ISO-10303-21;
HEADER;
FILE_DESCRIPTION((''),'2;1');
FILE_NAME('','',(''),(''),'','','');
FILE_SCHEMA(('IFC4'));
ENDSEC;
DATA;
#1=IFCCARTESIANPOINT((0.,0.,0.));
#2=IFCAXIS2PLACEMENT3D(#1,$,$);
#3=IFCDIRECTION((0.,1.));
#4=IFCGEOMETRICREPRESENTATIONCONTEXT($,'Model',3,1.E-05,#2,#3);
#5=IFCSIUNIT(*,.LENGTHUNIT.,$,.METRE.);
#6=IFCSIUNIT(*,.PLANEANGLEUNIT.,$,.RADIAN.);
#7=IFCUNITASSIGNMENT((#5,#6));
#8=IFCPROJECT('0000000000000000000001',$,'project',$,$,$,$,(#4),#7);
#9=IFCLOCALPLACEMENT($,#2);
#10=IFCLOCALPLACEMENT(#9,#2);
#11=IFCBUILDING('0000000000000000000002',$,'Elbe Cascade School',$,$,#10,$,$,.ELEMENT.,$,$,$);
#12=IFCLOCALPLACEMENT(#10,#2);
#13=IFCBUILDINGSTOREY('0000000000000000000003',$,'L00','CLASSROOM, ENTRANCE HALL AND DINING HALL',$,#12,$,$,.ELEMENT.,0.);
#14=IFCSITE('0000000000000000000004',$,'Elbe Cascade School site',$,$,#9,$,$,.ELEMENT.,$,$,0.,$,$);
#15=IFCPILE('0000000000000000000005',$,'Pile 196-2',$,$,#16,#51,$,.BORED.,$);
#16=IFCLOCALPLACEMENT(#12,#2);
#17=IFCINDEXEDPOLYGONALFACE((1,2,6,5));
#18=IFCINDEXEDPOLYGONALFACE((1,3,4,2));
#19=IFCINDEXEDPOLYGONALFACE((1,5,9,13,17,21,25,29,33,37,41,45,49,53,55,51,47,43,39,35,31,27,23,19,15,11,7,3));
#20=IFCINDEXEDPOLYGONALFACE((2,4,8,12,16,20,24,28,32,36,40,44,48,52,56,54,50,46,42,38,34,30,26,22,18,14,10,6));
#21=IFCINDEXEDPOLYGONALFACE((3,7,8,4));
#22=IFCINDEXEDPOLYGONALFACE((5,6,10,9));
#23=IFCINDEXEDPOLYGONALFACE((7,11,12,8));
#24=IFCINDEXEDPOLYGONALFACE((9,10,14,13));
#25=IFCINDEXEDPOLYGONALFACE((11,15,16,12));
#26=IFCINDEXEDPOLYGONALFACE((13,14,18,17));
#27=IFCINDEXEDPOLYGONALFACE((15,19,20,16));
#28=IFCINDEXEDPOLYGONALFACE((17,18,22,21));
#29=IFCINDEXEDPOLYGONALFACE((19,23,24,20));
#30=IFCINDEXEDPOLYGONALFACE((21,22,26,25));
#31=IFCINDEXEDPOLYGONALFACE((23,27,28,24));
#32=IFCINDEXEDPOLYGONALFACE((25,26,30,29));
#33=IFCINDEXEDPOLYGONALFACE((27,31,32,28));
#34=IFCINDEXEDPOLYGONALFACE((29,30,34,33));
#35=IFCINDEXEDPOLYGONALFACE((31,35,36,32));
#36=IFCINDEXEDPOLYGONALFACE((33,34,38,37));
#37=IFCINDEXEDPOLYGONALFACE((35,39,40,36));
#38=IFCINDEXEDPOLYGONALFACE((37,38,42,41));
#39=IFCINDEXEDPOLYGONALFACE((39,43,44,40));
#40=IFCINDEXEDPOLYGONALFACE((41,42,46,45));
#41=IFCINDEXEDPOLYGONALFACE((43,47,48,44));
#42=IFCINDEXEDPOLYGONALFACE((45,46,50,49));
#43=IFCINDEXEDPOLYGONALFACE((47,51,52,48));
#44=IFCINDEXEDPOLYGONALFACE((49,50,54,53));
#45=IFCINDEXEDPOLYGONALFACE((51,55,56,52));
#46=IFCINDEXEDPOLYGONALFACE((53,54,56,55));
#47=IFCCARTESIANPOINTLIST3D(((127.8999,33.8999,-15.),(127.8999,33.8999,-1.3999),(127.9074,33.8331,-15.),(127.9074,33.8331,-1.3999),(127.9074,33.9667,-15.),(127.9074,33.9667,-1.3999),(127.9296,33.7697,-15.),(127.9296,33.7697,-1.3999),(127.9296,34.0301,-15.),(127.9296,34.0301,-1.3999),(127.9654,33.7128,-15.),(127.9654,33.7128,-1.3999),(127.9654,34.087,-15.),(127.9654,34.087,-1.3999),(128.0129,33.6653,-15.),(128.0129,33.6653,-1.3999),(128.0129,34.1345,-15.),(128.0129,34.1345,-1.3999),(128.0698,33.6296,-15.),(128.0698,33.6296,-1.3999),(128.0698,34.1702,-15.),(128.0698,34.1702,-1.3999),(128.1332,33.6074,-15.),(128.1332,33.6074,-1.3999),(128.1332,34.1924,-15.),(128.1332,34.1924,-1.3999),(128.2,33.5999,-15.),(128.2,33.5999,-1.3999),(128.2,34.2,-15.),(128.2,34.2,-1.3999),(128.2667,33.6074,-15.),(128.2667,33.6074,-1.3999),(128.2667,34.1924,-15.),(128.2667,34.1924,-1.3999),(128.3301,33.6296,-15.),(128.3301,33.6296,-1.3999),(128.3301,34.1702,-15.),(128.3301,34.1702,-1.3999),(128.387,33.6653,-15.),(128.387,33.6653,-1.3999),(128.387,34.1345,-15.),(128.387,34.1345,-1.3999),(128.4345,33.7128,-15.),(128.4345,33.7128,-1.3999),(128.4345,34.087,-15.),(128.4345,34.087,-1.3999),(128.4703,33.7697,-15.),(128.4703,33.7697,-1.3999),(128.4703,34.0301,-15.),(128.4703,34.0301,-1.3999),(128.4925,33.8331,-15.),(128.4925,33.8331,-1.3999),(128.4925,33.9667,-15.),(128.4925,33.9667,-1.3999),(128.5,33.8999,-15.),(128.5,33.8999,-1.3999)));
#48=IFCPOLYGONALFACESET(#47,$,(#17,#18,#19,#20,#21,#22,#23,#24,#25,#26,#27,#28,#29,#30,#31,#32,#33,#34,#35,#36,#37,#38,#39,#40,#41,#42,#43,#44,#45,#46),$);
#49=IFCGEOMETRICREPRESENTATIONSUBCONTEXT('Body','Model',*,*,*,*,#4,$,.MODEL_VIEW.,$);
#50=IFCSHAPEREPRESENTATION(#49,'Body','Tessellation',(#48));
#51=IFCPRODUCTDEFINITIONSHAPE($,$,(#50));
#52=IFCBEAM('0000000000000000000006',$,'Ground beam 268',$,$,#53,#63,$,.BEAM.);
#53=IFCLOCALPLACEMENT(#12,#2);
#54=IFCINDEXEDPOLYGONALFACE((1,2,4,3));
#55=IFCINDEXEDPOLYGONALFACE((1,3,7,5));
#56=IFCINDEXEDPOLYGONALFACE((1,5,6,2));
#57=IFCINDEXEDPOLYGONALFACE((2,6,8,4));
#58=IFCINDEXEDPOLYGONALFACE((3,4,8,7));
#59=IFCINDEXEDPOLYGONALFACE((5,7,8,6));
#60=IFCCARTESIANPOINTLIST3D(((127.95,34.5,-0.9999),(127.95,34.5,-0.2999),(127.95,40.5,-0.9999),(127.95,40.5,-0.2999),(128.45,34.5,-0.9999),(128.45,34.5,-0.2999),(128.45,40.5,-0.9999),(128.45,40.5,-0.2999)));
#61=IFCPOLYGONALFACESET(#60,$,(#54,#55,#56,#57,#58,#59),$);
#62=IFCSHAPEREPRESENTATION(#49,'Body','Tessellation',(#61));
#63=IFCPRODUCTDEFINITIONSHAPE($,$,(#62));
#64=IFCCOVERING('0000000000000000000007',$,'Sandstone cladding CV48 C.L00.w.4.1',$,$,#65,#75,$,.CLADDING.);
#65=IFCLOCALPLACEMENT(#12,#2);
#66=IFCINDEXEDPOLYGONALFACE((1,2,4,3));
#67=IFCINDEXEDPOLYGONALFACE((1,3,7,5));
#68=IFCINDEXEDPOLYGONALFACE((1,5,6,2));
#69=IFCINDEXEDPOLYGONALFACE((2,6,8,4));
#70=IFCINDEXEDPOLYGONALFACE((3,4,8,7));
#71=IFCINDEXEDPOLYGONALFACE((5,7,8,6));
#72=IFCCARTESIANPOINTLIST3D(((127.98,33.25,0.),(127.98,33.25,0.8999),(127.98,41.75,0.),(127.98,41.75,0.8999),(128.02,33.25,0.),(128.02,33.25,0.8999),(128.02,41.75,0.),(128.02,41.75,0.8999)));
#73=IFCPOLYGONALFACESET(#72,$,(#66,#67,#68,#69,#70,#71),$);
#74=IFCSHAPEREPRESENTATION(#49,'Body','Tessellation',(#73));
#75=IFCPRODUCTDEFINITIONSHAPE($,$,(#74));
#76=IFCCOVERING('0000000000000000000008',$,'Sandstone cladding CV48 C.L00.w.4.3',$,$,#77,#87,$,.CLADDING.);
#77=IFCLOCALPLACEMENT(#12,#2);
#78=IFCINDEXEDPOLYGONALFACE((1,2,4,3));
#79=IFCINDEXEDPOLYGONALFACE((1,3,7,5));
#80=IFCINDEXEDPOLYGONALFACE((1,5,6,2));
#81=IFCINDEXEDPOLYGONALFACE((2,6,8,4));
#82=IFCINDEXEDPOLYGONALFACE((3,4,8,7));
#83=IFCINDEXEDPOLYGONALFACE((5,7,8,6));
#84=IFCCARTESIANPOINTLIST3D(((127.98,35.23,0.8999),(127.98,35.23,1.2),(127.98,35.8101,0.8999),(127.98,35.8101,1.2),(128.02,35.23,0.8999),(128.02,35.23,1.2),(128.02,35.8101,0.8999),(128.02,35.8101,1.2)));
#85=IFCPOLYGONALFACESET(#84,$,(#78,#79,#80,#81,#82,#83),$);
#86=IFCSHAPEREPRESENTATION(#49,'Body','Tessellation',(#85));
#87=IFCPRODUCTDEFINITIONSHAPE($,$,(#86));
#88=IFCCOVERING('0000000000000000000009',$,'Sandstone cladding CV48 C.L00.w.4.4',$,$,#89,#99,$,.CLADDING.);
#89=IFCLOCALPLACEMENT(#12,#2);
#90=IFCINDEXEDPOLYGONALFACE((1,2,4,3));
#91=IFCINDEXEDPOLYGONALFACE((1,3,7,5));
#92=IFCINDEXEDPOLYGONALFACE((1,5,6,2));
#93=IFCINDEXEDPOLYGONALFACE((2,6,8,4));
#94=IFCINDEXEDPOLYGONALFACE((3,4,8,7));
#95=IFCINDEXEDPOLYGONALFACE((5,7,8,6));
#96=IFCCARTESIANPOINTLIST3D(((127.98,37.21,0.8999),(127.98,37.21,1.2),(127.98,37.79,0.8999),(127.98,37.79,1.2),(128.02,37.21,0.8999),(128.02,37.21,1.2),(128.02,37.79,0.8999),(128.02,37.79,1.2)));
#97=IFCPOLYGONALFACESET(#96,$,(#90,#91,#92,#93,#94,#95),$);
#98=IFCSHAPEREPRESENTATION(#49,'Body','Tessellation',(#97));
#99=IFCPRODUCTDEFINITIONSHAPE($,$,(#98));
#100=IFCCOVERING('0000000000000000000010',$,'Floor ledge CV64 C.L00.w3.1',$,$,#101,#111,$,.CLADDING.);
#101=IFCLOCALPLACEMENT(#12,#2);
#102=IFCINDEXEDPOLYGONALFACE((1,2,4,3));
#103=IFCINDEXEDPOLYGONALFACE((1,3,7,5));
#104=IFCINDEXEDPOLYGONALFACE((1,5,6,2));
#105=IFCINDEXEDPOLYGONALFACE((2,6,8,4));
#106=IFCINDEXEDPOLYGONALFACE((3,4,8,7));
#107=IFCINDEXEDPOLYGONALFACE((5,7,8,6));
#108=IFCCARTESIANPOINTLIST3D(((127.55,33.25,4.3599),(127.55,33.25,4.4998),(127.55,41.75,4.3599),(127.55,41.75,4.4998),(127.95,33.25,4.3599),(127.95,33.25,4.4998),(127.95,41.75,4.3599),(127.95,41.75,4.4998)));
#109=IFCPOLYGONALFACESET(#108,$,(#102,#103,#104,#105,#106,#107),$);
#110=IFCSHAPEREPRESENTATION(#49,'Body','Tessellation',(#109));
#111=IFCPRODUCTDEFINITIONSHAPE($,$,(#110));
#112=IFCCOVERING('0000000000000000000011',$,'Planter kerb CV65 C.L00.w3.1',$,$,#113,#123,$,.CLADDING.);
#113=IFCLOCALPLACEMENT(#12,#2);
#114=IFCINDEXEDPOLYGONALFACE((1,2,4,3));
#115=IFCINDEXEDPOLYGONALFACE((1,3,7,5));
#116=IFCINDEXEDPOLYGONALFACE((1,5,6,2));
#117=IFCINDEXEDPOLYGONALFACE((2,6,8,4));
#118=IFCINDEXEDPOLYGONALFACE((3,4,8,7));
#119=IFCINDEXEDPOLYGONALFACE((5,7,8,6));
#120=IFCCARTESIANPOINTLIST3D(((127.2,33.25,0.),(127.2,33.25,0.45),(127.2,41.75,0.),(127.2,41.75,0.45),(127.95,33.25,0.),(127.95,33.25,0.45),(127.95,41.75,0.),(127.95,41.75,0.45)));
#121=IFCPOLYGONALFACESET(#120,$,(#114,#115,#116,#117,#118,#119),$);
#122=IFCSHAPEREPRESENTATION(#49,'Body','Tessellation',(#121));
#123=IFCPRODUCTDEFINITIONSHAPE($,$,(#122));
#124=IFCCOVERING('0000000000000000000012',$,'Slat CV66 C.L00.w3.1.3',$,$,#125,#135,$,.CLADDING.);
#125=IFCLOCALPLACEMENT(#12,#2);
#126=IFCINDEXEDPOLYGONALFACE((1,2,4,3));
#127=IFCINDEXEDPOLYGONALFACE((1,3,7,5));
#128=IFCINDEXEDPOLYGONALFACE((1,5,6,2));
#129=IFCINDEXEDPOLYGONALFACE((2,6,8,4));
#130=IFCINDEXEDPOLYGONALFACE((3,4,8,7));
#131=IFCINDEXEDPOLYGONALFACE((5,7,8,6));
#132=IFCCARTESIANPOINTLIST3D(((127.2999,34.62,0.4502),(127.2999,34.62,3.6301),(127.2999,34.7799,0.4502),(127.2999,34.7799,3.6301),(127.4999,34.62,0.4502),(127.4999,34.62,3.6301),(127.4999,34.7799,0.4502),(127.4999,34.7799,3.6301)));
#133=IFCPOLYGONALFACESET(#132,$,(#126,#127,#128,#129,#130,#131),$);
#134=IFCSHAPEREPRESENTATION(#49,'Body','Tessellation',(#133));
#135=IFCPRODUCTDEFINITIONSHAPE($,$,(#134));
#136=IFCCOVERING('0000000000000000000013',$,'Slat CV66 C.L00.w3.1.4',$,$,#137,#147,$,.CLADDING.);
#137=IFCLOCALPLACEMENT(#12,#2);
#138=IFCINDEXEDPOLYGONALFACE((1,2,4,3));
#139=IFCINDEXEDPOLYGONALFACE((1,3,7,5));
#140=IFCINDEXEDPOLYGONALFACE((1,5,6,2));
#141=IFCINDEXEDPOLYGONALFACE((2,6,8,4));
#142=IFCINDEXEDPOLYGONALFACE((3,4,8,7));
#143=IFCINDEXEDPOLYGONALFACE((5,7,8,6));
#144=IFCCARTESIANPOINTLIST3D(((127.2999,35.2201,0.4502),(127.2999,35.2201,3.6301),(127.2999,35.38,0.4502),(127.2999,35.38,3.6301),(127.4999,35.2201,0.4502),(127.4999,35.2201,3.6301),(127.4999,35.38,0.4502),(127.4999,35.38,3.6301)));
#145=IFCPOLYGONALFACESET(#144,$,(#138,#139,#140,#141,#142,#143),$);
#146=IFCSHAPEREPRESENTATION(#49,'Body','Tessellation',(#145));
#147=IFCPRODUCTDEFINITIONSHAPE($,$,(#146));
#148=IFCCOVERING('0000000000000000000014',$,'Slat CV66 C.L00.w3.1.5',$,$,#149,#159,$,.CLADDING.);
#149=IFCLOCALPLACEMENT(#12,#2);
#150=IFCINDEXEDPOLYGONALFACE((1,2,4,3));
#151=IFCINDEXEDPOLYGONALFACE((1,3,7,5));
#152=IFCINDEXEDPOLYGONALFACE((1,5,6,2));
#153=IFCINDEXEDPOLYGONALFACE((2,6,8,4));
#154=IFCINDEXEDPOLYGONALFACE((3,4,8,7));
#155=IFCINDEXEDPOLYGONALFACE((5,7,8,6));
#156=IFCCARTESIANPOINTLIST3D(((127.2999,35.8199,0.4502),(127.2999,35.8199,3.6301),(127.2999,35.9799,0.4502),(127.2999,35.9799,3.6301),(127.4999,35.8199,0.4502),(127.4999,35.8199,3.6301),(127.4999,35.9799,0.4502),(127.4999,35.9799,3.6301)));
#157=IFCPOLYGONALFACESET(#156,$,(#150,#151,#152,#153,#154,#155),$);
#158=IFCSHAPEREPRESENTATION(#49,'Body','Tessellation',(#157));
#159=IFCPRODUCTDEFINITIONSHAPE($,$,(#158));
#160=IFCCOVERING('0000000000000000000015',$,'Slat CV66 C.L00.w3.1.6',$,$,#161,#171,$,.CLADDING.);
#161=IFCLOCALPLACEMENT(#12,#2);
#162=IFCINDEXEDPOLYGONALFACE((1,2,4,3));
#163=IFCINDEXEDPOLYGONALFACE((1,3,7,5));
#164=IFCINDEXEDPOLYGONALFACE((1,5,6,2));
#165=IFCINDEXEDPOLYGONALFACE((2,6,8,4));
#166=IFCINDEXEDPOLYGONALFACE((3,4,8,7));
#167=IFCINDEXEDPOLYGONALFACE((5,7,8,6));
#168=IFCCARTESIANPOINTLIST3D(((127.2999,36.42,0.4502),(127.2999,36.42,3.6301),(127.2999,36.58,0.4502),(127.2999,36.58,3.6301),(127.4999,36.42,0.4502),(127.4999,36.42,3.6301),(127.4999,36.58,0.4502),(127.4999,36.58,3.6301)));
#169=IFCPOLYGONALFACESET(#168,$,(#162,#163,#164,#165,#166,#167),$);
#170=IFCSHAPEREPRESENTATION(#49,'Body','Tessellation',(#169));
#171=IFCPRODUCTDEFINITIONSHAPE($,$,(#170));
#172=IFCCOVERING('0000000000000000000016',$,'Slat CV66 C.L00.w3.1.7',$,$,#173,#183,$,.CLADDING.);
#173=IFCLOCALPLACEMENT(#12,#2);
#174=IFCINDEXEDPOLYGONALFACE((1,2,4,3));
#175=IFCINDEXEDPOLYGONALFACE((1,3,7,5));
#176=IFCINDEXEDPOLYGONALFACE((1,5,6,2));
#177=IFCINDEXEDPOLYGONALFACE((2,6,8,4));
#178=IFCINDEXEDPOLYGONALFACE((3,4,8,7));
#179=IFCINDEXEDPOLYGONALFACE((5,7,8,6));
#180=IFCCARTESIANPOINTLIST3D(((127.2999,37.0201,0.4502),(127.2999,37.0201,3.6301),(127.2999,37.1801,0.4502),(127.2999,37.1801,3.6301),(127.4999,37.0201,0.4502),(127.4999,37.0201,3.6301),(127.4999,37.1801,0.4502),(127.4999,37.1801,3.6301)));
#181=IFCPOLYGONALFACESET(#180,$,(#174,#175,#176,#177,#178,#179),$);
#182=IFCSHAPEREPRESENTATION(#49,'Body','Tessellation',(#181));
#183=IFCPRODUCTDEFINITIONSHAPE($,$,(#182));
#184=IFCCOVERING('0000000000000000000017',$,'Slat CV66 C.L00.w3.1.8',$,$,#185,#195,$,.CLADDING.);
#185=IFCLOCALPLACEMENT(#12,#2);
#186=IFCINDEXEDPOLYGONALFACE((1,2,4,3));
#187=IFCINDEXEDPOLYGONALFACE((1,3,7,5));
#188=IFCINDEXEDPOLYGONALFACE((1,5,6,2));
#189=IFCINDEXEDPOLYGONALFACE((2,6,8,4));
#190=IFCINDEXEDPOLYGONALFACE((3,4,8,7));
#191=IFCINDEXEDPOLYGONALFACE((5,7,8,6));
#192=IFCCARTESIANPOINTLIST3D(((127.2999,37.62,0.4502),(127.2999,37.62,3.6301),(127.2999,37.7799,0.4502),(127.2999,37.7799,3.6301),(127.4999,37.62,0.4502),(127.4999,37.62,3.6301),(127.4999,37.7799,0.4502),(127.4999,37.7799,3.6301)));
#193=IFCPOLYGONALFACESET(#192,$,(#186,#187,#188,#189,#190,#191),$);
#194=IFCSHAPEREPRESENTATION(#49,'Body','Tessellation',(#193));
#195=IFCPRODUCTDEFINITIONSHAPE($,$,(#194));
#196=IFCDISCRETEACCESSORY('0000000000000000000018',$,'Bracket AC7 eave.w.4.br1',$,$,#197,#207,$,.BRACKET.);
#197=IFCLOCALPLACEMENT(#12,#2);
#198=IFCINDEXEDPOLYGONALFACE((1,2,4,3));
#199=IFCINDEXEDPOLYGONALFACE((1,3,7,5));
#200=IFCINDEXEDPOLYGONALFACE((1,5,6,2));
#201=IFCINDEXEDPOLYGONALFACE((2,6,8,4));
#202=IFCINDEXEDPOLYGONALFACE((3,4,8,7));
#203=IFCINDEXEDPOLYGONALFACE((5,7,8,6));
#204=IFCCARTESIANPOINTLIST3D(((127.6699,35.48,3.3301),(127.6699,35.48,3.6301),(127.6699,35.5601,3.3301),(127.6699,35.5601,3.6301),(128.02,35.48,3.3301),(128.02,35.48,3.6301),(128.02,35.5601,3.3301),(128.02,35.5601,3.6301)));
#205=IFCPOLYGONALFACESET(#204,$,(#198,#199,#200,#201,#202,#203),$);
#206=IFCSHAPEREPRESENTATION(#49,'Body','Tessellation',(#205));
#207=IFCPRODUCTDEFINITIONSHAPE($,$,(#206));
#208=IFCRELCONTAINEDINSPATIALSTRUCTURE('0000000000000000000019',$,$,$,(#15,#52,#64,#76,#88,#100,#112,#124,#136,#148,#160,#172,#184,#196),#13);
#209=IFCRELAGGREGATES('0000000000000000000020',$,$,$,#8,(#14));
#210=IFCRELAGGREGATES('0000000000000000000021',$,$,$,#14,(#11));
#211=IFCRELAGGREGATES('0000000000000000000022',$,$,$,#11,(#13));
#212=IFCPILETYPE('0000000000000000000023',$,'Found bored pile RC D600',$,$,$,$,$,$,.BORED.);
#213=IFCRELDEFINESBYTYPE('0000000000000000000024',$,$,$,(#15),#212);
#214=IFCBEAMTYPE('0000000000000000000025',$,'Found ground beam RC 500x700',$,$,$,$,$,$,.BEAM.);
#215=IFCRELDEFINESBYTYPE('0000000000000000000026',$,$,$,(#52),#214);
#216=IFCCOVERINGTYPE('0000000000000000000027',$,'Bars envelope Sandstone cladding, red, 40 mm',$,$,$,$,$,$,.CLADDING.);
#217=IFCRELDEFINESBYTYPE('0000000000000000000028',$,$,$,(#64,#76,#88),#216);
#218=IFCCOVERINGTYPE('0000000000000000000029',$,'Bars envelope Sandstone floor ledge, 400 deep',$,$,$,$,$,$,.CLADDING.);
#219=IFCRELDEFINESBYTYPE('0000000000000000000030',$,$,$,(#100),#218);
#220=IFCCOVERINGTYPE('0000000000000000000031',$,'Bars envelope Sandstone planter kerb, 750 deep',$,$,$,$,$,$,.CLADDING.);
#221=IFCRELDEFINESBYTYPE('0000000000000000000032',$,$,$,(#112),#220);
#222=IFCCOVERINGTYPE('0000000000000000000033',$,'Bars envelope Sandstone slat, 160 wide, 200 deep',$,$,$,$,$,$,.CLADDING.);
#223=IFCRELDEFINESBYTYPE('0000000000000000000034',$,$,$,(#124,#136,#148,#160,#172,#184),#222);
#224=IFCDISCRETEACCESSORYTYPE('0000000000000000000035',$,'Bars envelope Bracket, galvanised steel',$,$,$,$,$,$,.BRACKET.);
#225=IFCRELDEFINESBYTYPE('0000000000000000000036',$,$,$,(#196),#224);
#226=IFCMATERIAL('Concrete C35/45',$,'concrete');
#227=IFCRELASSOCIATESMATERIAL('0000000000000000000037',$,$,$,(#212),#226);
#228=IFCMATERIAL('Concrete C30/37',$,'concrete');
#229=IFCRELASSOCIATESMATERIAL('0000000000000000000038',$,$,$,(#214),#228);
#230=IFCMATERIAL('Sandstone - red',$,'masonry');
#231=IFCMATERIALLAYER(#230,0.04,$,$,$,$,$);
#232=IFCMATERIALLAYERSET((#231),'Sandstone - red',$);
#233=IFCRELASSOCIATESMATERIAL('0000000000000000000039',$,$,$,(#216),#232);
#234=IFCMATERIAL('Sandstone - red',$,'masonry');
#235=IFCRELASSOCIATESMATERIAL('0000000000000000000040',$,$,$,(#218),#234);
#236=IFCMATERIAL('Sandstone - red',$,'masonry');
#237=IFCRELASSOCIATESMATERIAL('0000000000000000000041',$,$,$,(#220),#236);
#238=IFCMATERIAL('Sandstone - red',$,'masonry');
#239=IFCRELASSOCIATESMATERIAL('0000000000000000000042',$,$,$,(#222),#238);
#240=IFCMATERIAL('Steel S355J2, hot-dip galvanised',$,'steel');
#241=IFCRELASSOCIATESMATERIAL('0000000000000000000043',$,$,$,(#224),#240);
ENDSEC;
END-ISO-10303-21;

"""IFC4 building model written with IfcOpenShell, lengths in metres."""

from ifc_helpers import new_model, si_unit, direction, frame, origin, origin_2d, place, context, subcontext, project, spatial, rectangle, circle, extrude, material, layer, layer_set, material_profile, profile_set, type_object, element, save


model = new_model("IFC4")

# Units and contexts
model_context = context("Model", 3, precision=1e-05, world=origin(), true_north=direction((0.0, 1.0)))
body_context = subcontext(model_context, "Body", "Model", "MODEL_VIEW")
ifc_project = project(units=[si_unit("LENGTHUNIT", "METRE"), si_unit("PLANEANGLEUNIT", "RADIAN")], contexts=[model_context])

# Site, building, storey
site_placement = place(None, origin())
site = spatial("IfcSite", under=ifc_project, at=site_placement, Name="Elbe Cascade School site", CompositionType="ELEMENT", RefElevation=0.0)
building_placement = place(site_placement, origin())
building = spatial("IfcBuilding", under=site, at=building_placement, Name="Elbe Cascade School", CompositionType="ELEMENT")
storey_placement = place(building_placement, origin())
storey = spatial("IfcBuildingStorey", under=building, at=storey_placement, Name="L00", Description="CLASSROOM, ENTRANCE HALL AND DINING HALL", CompositionType="ELEMENT", Elevation=0.0)

# Pile
ifc_material_1 = material(Name="Concrete C35/45", Category="concrete")
ifc_material_profile_1 = material_profile(ifc_material_1, circle(Radius=0.3, at=origin_2d()), Name="RC D600")
ifc_profile_set_1 = profile_set([ifc_material_profile_1], Name="Concrete C35/45")
pile_type = type_object("IfcPileType", Name="Found bored pile RC D600", PredefinedType="BORED", material=ifc_profile_set_1)
pile_placement = place(storey_placement, frame((128.2, 33.8999, -1.3999), z_axis=(0.0, 0.0, -1.0), x_axis=(1.0, 0.0, 0.0)))
element("IfcPile", 1, at=pile_placement, inside=storey, type_object=pile_type, Name="Pile 196-2", PredefinedType="BORED", context=body_context, shape_type="SweptSolid", body=[
    extrude(circle(Radius=0.3, at=origin_2d()), origin(), (0.0, 0.0, 1.0), 13.6001),
])

# Beam
ifc_material_2 = material(Name="Concrete C30/37", Category="concrete")
ifc_material_profile_2 = material_profile(ifc_material_2, rectangle(XDim=0.5, YDim=0.7, at=origin_2d()), Name="RC 500x700")
ifc_profile_set_2 = profile_set([ifc_material_profile_2], Name="Concrete C30/37")
beam_type = type_object("IfcBeamType", Name="Found ground beam RC 500x700", PredefinedType="BEAM", material=ifc_profile_set_2)
beam_placement = place(storey_placement, frame((128.2, 34.5, -0.6499), z_axis=(0.0, 1.0, 0.0), x_axis=(-1.0, 0.0, 0.0)))
element("IfcBeam", 2, at=beam_placement, inside=storey, type_object=beam_type, Name="Ground beam 268", PredefinedType="BEAM", context=body_context, shape_type="SweptSolid", body=[
    extrude(rectangle(XDim=0.5, YDim=0.7, at=origin_2d()), origin(), (0.0, 0.0, 1.0), 6.0),
])

# Coverings
ifc_material_3 = material(Name="Sandstone - red", Category="masonry")
ifc_layer_1 = layer(ifc_material_3, 0.04)
ifc_layer_set_1 = layer_set([ifc_layer_1], Name="Sandstone - red")
covering_type_1 = type_object("IfcCoveringType", Name="Bars envelope Sandstone cladding, red, 40 mm", PredefinedType="CLADDING", material=ifc_layer_set_1)
covering_1_placement = place(storey_placement, frame((128.0, 37.5, 0.0), z_axis=(0.0, 0.0, 1.0), x_axis=(0.0, 1.0, 0.0)))
element("IfcCovering", 3, at=covering_1_placement, inside=storey, type_object=covering_type_1, Name="Sandstone cladding CV48 C.L00.w.4.1", PredefinedType="CLADDING", context=body_context, shape_type="SweptSolid", body=[
    extrude(rectangle(XDim=8.5, YDim=0.04, at=origin_2d()), origin(), (0.0, 0.0, 1.0), 0.8999),
])
for number, where, z_axis, x_axis, name in (
    (4, (128.0, 35.52, 0.8999), (0.0, 0.0, 1.0), (0.0, 1.0, 0.0), "Sandstone cladding CV48 C.L00.w.4.3"),
    (5, (128.0, 37.5, 0.8999), (0.0, 0.0, 1.0), (0.0, 1.0, 0.0), "Sandstone cladding CV48 C.L00.w.4.4"),
):
    element("IfcCovering", number, at=place(storey_placement, frame(where, z_axis=z_axis, x_axis=x_axis)), inside=storey, type_object=covering_type_1, Name=name, PredefinedType="CLADDING", context=body_context, shape_type="SweptSolid", body=[
        extrude(rectangle(XDim=0.5801, YDim=0.04, at=origin_2d()), origin(), (0.0, 0.0, 1.0), 0.3),
    ])
ifc_material_4 = material(Name="Sandstone - red", Category="masonry")
covering_type_2 = type_object("IfcCoveringType", Name="Bars envelope Sandstone floor ledge, 400 deep", PredefinedType="CLADDING", material=ifc_material_4)
covering_2_placement = place(storey_placement, frame((127.75, 37.5, 4.3599), z_axis=(0.0, 0.0, 1.0), x_axis=(0.0, 1.0, 0.0)))
element("IfcCovering", 6, at=covering_2_placement, inside=storey, type_object=covering_type_2, Name="Floor ledge CV64 C.L00.w3.1", PredefinedType="CLADDING", context=body_context, shape_type="SweptSolid", body=[
    extrude(rectangle(XDim=8.5, YDim=0.3999, at=origin_2d()), origin(), (0.0, 0.0, 1.0), 0.1399),
])
ifc_material_5 = material(Name="Sandstone - red", Category="masonry")
covering_type_3 = type_object("IfcCoveringType", Name="Bars envelope Sandstone planter kerb, 750 deep", PredefinedType="CLADDING", material=ifc_material_5)
covering_3_placement = place(storey_placement, frame((127.575, 37.5, 0.0), z_axis=(0.0, 0.0, 1.0), x_axis=(0.0, 1.0, 0.0)))
element("IfcCovering", 7, at=covering_3_placement, inside=storey, type_object=covering_type_3, Name="Planter kerb CV65 C.L00.w3.1", PredefinedType="CLADDING", context=body_context, shape_type="SweptSolid", body=[
    extrude(rectangle(XDim=8.5, YDim=0.75, at=origin_2d()), origin(), (0.0, 0.0, 1.0), 0.45),
])
ifc_material_6 = material(Name="Sandstone - red", Category="masonry")
covering_type_4 = type_object("IfcCoveringType", Name="Bars envelope Sandstone slat, 160 wide, 200 deep", PredefinedType="CLADDING", material=ifc_material_6)
for number, where, z_axis, x_axis, name in (
    (8, (127.3999, 34.7, 0.4502), (0.0, 0.0, 1.0), (0.0, 1.0, 0.0), "Slat CV66 C.L00.w3.1.3"),
    (9, (127.3999, 35.3, 0.4502), (0.0, 0.0, 1.0), (0.0, 1.0, 0.0), "Slat CV66 C.L00.w3.1.4"),
    (10, (127.3999, 35.8999, 0.4502), (0.0, 0.0, 1.0), (0.0, 1.0, 0.0), "Slat CV66 C.L00.w3.1.5"),
    (11, (127.3999, 36.5, 0.4502), (0.0, 0.0, 1.0), (0.0, 1.0, 0.0), "Slat CV66 C.L00.w3.1.6"),
    (12, (127.3999, 37.1001, 0.4502), (0.0, 0.0, 1.0), (0.0, 1.0, 0.0), "Slat CV66 C.L00.w3.1.7"),
    (13, (127.3999, 37.7, 0.4502), (0.0, 0.0, 1.0), (0.0, 1.0, 0.0), "Slat CV66 C.L00.w3.1.8"),
):
    element("IfcCovering", number, at=place(storey_placement, frame(where, z_axis=z_axis, x_axis=x_axis)), inside=storey, type_object=covering_type_4, Name=name, PredefinedType="CLADDING", context=body_context, shape_type="SweptSolid", body=[
        extrude(rectangle(XDim=0.1599, YDim=0.2, at=origin_2d()), origin(), (0.0, 0.0, 1.0), 3.1799),
    ])

# Discrete accessory
ifc_material_7 = material(Name="Steel S355J2, hot-dip galvanised", Category="steel")
discrete_accessory_type = type_object("IfcDiscreteAccessoryType", Name="Bars envelope Bracket, galvanised steel", PredefinedType="BRACKET", material=ifc_material_7)
discrete_accessory_placement = place(storey_placement, frame((127.845, 35.52, 3.3301), z_axis=(0.0, 0.0, 1.0), x_axis=(0.0, 1.0, 0.0)))
element("IfcDiscreteAccessory", 14, at=discrete_accessory_placement, inside=storey, type_object=discrete_accessory_type, Name="Bracket AC7 eave.w.4.br1", PredefinedType="BRACKET", context=body_context, shape_type="SweptSolid", body=[
    extrude(rectangle(XDim=0.0801, YDim=0.3501, at=origin_2d()), origin(), (0.0, 0.0, 1.0), 0.3),
])

save(model, "model.ifc")
